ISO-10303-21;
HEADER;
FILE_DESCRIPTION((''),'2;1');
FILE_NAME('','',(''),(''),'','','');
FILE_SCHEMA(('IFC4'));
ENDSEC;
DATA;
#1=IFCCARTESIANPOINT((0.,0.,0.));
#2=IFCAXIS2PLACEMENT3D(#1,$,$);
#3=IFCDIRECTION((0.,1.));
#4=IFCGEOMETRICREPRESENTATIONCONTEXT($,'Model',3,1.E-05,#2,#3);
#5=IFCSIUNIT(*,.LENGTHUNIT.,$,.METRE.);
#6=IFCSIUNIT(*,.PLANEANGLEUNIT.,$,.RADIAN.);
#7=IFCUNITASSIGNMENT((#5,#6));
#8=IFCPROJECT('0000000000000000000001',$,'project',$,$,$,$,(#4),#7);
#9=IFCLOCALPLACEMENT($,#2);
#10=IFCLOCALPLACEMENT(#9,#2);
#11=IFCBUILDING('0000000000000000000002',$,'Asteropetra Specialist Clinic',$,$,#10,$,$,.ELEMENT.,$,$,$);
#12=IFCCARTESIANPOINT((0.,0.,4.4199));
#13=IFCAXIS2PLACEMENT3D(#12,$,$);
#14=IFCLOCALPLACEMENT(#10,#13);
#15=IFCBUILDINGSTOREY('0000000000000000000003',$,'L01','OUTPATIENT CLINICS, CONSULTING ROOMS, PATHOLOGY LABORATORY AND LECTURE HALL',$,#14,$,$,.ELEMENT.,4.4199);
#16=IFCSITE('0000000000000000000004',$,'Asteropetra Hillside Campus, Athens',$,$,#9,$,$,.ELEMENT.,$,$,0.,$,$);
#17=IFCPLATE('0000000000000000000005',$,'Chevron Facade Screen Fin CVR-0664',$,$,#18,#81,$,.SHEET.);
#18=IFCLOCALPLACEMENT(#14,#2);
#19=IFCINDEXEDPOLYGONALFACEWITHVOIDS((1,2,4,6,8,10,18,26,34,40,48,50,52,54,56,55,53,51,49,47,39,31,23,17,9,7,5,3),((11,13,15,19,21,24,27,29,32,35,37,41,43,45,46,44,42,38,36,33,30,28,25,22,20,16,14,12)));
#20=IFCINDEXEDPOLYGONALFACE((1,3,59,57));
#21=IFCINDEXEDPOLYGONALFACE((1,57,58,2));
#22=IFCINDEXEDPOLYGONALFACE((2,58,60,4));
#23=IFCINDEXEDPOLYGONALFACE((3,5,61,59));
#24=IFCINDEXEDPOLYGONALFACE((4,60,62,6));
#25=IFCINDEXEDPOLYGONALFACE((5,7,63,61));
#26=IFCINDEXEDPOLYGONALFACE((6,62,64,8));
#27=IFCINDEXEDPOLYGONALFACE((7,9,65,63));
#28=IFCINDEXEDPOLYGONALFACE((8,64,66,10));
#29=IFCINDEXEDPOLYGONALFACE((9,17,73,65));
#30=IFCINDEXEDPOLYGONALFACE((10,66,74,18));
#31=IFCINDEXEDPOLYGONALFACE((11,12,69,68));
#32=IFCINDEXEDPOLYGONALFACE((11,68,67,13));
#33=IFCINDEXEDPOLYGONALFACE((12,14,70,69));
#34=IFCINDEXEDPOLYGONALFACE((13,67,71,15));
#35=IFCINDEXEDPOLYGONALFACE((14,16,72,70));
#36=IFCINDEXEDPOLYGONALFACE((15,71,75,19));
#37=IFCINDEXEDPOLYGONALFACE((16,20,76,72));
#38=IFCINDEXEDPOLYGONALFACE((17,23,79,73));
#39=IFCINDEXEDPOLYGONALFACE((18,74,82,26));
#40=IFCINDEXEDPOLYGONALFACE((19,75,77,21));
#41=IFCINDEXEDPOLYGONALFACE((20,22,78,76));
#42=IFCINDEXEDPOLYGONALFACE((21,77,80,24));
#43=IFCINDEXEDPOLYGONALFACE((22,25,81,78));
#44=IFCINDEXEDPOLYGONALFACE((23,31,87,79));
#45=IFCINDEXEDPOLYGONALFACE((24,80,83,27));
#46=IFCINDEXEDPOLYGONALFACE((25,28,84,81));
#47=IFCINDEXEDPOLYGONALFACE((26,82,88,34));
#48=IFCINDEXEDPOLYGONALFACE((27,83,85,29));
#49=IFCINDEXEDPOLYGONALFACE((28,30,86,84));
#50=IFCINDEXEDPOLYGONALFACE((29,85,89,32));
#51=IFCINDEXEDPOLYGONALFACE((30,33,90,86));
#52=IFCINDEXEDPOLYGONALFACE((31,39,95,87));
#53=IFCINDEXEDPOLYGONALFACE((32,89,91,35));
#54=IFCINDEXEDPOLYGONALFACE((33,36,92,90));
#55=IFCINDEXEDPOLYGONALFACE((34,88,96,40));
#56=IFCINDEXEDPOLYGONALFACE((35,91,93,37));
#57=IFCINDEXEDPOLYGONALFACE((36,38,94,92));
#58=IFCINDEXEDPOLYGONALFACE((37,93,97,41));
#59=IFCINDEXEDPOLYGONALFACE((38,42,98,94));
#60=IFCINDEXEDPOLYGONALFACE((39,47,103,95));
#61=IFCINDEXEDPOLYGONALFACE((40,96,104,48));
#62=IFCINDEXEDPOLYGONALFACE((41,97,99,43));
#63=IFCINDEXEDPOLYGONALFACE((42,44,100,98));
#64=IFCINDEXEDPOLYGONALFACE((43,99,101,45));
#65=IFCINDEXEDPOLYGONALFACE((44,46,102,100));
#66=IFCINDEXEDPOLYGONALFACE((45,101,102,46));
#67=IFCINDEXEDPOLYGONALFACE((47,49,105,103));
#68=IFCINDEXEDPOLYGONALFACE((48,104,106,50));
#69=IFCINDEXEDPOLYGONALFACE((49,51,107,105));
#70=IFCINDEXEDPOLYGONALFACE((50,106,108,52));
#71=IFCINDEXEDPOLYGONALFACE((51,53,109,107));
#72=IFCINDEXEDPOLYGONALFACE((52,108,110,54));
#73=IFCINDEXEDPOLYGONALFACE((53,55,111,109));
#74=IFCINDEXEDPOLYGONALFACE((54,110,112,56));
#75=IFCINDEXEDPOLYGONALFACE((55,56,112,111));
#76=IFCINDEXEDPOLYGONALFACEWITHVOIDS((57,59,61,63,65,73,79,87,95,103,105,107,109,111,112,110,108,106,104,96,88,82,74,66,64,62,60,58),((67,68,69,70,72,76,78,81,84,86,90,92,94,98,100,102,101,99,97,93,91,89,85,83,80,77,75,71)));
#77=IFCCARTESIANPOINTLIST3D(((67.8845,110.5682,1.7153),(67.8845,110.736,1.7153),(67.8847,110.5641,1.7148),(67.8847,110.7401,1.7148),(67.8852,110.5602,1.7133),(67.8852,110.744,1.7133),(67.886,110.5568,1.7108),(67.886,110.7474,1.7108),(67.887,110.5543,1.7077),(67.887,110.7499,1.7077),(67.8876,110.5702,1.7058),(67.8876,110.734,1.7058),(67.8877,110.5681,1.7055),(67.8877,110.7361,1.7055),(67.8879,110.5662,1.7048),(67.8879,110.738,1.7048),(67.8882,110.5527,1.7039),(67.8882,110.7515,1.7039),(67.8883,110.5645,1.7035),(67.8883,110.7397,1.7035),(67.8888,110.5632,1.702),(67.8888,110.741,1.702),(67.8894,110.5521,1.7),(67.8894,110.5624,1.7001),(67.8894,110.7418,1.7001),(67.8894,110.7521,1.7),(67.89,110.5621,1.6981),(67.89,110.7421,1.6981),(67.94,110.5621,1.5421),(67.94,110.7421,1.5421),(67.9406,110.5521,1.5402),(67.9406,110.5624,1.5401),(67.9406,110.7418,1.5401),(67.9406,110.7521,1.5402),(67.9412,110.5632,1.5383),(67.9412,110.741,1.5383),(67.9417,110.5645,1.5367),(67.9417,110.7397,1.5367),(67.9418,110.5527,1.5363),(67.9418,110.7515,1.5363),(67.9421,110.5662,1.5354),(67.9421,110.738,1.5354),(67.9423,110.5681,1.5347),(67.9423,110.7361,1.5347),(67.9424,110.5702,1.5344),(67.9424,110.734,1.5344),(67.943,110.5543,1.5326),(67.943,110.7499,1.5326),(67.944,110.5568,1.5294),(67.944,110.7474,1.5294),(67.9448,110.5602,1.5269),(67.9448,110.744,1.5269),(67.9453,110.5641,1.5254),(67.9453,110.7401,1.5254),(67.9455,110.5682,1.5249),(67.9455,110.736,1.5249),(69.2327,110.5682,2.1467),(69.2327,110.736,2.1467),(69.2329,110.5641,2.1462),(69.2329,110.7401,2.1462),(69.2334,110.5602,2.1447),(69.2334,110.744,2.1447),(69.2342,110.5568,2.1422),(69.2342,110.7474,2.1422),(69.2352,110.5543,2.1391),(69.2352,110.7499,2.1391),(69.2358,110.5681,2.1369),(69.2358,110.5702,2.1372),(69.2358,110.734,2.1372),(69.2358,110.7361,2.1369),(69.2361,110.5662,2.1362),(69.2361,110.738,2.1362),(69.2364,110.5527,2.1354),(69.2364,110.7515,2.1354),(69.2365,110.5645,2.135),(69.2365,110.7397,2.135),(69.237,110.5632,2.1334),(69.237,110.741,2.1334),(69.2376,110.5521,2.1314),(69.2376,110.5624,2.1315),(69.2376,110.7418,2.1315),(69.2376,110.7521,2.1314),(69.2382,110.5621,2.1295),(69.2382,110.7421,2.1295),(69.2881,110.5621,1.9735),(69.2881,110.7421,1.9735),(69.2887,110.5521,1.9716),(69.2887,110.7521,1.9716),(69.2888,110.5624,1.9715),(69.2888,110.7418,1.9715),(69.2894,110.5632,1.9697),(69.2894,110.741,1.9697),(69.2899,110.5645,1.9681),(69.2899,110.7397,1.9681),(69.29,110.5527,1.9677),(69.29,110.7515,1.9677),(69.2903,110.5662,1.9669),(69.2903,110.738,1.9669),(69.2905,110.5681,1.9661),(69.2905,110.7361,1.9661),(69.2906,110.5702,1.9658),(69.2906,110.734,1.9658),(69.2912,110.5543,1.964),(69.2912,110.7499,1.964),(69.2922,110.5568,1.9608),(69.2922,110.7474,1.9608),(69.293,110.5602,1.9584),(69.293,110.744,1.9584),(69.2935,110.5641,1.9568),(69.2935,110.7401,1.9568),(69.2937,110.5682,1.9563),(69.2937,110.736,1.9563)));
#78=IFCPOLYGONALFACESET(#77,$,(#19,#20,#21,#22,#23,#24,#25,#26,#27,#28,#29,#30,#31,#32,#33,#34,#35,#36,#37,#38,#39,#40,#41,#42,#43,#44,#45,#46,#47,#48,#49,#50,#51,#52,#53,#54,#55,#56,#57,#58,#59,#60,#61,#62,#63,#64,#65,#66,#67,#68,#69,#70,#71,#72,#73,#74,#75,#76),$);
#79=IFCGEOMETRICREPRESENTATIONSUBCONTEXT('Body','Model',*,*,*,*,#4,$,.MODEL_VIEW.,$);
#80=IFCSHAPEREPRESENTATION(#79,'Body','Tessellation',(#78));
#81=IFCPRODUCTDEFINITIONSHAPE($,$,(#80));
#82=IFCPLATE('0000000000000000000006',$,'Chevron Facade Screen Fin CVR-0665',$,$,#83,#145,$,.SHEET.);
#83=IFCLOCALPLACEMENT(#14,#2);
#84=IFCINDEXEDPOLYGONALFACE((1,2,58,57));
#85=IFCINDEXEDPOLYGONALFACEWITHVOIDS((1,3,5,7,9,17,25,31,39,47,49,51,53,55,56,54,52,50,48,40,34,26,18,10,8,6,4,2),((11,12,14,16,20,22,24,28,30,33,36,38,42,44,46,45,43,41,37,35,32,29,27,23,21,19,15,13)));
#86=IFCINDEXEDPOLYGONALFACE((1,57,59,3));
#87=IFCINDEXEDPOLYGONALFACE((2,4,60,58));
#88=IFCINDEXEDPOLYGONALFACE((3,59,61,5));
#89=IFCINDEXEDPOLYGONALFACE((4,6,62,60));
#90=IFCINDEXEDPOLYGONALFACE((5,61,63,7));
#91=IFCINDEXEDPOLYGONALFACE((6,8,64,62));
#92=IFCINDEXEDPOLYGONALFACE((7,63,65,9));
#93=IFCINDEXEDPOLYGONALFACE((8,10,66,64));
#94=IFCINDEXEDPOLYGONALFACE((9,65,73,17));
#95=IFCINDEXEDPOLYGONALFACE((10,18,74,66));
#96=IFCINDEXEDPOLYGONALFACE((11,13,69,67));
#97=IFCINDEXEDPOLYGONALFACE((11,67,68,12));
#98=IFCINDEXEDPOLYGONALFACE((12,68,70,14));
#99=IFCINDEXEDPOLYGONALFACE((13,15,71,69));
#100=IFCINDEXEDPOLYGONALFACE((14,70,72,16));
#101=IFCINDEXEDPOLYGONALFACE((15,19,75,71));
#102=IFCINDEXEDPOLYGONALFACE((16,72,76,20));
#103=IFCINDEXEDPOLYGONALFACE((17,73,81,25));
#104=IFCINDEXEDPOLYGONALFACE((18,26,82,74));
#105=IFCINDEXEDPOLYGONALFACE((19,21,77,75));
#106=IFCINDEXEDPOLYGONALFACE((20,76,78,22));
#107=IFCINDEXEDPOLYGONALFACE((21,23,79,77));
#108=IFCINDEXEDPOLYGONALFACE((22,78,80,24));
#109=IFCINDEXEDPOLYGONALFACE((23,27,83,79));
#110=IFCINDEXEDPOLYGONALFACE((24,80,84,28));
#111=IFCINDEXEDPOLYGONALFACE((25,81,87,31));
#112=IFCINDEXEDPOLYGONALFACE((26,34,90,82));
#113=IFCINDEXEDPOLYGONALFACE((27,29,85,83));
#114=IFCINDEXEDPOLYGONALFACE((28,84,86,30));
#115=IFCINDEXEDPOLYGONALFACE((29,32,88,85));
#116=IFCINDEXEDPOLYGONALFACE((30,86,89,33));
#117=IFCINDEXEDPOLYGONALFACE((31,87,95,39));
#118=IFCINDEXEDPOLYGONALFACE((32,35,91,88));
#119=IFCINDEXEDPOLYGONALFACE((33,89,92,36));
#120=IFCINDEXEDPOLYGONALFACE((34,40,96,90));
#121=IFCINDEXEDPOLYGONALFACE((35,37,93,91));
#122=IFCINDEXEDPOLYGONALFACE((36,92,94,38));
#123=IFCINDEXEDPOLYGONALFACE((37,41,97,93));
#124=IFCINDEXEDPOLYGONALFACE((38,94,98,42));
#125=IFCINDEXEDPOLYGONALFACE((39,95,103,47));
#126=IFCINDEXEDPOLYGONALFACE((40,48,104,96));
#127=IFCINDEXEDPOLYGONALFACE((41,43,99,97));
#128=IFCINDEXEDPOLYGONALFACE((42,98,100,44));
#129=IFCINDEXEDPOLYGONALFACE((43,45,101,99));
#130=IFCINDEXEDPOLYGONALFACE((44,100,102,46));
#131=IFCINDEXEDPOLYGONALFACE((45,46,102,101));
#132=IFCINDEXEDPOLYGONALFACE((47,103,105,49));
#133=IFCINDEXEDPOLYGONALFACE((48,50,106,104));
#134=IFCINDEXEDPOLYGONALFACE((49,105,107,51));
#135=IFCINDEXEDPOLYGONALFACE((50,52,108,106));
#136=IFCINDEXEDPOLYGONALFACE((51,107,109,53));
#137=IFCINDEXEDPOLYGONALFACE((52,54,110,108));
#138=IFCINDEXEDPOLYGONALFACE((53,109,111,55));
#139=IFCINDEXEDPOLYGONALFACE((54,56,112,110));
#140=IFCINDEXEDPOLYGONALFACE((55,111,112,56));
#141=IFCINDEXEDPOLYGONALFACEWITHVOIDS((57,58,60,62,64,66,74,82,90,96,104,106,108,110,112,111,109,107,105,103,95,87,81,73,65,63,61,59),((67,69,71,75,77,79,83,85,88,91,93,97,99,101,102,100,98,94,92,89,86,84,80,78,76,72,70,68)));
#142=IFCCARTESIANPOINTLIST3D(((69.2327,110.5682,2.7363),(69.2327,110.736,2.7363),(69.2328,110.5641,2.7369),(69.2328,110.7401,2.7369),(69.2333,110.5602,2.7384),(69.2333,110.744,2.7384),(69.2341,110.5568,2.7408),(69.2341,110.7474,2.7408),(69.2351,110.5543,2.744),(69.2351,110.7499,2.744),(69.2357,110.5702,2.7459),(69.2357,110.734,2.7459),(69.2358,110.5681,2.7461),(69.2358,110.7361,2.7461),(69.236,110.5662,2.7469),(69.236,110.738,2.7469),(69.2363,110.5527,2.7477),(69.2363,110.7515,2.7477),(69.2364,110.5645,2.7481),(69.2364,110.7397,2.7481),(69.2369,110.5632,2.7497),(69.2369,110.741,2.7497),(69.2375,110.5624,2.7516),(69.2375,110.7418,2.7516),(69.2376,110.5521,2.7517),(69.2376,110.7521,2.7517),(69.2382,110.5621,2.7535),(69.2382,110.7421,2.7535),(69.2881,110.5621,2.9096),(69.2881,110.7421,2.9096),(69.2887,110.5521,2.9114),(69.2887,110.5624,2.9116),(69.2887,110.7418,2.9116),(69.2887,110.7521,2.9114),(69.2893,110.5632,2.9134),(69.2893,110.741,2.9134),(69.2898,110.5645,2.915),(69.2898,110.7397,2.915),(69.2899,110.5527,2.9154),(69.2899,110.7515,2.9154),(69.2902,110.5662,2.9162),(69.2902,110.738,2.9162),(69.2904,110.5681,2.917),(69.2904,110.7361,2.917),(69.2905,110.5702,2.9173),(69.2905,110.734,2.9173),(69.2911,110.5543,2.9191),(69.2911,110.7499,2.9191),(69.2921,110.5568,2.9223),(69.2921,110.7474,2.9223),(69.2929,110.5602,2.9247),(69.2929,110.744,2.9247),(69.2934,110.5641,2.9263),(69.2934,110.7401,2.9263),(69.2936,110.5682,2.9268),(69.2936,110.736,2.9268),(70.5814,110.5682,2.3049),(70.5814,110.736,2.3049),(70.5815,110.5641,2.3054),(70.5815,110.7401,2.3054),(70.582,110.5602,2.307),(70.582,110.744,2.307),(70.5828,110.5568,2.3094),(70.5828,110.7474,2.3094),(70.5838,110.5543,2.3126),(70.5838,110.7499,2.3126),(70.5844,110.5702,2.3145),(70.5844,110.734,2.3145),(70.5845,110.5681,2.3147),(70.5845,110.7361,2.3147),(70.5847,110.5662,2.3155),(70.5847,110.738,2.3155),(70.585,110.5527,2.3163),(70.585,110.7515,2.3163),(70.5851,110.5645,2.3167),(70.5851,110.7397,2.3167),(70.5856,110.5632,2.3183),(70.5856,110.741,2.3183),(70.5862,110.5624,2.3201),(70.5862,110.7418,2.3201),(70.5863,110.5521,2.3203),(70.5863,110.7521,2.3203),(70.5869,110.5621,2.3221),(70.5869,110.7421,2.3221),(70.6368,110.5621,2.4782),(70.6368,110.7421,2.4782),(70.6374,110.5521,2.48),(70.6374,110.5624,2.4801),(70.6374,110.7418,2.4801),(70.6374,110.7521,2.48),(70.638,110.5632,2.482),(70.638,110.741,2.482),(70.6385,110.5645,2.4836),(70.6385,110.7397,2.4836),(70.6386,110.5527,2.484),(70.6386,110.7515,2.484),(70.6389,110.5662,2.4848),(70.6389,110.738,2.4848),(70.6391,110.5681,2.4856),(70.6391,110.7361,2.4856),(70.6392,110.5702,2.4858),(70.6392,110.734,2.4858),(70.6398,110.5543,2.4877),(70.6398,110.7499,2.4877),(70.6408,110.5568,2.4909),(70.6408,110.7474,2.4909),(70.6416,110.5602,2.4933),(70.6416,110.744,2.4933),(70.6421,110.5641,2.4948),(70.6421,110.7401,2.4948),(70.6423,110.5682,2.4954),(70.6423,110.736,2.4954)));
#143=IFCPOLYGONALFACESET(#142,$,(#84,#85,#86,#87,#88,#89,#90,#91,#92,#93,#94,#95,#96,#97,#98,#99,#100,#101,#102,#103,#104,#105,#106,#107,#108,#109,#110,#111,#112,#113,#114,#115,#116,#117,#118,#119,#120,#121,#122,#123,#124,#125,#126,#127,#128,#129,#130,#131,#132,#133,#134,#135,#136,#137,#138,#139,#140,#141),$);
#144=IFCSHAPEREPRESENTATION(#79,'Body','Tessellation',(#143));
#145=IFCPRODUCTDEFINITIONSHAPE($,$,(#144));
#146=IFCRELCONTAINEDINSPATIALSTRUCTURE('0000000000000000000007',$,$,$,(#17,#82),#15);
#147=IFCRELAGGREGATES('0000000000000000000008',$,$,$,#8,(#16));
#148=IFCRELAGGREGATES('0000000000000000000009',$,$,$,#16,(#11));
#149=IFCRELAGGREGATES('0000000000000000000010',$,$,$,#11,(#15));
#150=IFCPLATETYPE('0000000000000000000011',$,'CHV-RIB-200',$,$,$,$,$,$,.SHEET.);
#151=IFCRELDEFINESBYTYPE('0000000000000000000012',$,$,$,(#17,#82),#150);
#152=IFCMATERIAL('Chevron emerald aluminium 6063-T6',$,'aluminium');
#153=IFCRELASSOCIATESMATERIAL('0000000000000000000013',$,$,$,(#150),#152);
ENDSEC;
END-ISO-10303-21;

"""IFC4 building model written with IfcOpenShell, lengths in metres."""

from ifc_helpers import new_model, si_unit, direction, frame, origin, origin_2d, place, context, subcontext, project, spatial, hollow_rectangle, extrude, material, material_profile, profile_set, type_object, element, save


model = new_model("IFC4")

# Units and contexts
model_context = context("Model", 3, precision=1e-05, world=origin(), true_north=direction((0.0, 1.0)))
body_context = subcontext(model_context, "Body", "Model", "MODEL_VIEW")
ifc_project = project(units=[si_unit("LENGTHUNIT", "METRE"), si_unit("PLANEANGLEUNIT", "RADIAN")], contexts=[model_context])

# Site, building, storey
site_placement = place(None, origin())
site = spatial("IfcSite", under=ifc_project, at=site_placement, Name="Asteropetra Hillside Campus, Athens", CompositionType="ELEMENT", RefElevation=0.0)
building_placement = place(site_placement, origin())
building = spatial("IfcBuilding", under=site, at=building_placement, Name="Asteropetra Specialist Clinic", CompositionType="ELEMENT")
storey_placement = place(building_placement, frame((0.0, 0.0, 4.4199)))
storey = spatial("IfcBuildingStorey", under=building, at=storey_placement, Name="L01", Description="OUTPATIENT CLINICS, CONSULTING ROOMS, PATHOLOGY LABORATORY AND LECTURE HALL", CompositionType="ELEMENT", Elevation=4.4199)

# Plates
ifc_material_1 = material(Name="Chevron emerald aluminium 6063-T6", Category="aluminium")
ifc_material_profile_1 = material_profile(ifc_material_1, hollow_rectangle(XDim=0.2, YDim=0.2, WallThickness=0.01, InnerFilletRadius=0.0081, OuterFilletRadius=0.0161, at=origin_2d()), Name="SHS 200x200x10.0")
ifc_profile_set_1 = profile_set([ifc_material_profile_1], Name="Chevron emerald aluminium 6063-T6")
plate_type_1 = type_object("IfcPlateType", Name="CHV-RIB-200", PredefinedType="SHEET", material=ifc_profile_set_1)
plate_1_placement = place(storey_placement, frame((69.2632, 110.6521, 2.0515), z_axis=(-0.952426, 0.0, -0.304769), x_axis=(0.0, -1.0, 0.0)))
element("IfcPlate", 1, at=plate_1_placement, inside=storey, type_object=plate_type_1, Name="Chevron Facade Screen Fin CVR-0664", PredefinedType="SHEET", context=body_context, shape_type="SweptSolid", body=[
    extrude(hollow_rectangle(XDim=0.2, YDim=0.2, WallThickness=0.01, InnerFilletRadius=0.0081, OuterFilletRadius=0.0161, at=origin_2d()), origin(), (0.0, 0.0, 1.0), 1.4155),
])
plate_2_placement = place(storey_placement, frame((70.6118, 110.6521, 2.4001), z_axis=(-0.952458, 0.0, 0.304669), x_axis=(0.0, -1.0, 0.0)))
element("IfcPlate", 2, at=plate_2_placement, inside=storey, type_object=plate_type_1, Name="Chevron Facade Screen Fin CVR-0665", PredefinedType="SHEET", context=body_context, shape_type="SweptSolid", body=[
    extrude(hollow_rectangle(XDim=0.2, YDim=0.2, WallThickness=0.01, InnerFilletRadius=0.0081, OuterFilletRadius=0.0161, at=origin_2d()), origin(), (0.0, 0.0, 1.0), 1.416),
])

save(model, "model.ifc")
